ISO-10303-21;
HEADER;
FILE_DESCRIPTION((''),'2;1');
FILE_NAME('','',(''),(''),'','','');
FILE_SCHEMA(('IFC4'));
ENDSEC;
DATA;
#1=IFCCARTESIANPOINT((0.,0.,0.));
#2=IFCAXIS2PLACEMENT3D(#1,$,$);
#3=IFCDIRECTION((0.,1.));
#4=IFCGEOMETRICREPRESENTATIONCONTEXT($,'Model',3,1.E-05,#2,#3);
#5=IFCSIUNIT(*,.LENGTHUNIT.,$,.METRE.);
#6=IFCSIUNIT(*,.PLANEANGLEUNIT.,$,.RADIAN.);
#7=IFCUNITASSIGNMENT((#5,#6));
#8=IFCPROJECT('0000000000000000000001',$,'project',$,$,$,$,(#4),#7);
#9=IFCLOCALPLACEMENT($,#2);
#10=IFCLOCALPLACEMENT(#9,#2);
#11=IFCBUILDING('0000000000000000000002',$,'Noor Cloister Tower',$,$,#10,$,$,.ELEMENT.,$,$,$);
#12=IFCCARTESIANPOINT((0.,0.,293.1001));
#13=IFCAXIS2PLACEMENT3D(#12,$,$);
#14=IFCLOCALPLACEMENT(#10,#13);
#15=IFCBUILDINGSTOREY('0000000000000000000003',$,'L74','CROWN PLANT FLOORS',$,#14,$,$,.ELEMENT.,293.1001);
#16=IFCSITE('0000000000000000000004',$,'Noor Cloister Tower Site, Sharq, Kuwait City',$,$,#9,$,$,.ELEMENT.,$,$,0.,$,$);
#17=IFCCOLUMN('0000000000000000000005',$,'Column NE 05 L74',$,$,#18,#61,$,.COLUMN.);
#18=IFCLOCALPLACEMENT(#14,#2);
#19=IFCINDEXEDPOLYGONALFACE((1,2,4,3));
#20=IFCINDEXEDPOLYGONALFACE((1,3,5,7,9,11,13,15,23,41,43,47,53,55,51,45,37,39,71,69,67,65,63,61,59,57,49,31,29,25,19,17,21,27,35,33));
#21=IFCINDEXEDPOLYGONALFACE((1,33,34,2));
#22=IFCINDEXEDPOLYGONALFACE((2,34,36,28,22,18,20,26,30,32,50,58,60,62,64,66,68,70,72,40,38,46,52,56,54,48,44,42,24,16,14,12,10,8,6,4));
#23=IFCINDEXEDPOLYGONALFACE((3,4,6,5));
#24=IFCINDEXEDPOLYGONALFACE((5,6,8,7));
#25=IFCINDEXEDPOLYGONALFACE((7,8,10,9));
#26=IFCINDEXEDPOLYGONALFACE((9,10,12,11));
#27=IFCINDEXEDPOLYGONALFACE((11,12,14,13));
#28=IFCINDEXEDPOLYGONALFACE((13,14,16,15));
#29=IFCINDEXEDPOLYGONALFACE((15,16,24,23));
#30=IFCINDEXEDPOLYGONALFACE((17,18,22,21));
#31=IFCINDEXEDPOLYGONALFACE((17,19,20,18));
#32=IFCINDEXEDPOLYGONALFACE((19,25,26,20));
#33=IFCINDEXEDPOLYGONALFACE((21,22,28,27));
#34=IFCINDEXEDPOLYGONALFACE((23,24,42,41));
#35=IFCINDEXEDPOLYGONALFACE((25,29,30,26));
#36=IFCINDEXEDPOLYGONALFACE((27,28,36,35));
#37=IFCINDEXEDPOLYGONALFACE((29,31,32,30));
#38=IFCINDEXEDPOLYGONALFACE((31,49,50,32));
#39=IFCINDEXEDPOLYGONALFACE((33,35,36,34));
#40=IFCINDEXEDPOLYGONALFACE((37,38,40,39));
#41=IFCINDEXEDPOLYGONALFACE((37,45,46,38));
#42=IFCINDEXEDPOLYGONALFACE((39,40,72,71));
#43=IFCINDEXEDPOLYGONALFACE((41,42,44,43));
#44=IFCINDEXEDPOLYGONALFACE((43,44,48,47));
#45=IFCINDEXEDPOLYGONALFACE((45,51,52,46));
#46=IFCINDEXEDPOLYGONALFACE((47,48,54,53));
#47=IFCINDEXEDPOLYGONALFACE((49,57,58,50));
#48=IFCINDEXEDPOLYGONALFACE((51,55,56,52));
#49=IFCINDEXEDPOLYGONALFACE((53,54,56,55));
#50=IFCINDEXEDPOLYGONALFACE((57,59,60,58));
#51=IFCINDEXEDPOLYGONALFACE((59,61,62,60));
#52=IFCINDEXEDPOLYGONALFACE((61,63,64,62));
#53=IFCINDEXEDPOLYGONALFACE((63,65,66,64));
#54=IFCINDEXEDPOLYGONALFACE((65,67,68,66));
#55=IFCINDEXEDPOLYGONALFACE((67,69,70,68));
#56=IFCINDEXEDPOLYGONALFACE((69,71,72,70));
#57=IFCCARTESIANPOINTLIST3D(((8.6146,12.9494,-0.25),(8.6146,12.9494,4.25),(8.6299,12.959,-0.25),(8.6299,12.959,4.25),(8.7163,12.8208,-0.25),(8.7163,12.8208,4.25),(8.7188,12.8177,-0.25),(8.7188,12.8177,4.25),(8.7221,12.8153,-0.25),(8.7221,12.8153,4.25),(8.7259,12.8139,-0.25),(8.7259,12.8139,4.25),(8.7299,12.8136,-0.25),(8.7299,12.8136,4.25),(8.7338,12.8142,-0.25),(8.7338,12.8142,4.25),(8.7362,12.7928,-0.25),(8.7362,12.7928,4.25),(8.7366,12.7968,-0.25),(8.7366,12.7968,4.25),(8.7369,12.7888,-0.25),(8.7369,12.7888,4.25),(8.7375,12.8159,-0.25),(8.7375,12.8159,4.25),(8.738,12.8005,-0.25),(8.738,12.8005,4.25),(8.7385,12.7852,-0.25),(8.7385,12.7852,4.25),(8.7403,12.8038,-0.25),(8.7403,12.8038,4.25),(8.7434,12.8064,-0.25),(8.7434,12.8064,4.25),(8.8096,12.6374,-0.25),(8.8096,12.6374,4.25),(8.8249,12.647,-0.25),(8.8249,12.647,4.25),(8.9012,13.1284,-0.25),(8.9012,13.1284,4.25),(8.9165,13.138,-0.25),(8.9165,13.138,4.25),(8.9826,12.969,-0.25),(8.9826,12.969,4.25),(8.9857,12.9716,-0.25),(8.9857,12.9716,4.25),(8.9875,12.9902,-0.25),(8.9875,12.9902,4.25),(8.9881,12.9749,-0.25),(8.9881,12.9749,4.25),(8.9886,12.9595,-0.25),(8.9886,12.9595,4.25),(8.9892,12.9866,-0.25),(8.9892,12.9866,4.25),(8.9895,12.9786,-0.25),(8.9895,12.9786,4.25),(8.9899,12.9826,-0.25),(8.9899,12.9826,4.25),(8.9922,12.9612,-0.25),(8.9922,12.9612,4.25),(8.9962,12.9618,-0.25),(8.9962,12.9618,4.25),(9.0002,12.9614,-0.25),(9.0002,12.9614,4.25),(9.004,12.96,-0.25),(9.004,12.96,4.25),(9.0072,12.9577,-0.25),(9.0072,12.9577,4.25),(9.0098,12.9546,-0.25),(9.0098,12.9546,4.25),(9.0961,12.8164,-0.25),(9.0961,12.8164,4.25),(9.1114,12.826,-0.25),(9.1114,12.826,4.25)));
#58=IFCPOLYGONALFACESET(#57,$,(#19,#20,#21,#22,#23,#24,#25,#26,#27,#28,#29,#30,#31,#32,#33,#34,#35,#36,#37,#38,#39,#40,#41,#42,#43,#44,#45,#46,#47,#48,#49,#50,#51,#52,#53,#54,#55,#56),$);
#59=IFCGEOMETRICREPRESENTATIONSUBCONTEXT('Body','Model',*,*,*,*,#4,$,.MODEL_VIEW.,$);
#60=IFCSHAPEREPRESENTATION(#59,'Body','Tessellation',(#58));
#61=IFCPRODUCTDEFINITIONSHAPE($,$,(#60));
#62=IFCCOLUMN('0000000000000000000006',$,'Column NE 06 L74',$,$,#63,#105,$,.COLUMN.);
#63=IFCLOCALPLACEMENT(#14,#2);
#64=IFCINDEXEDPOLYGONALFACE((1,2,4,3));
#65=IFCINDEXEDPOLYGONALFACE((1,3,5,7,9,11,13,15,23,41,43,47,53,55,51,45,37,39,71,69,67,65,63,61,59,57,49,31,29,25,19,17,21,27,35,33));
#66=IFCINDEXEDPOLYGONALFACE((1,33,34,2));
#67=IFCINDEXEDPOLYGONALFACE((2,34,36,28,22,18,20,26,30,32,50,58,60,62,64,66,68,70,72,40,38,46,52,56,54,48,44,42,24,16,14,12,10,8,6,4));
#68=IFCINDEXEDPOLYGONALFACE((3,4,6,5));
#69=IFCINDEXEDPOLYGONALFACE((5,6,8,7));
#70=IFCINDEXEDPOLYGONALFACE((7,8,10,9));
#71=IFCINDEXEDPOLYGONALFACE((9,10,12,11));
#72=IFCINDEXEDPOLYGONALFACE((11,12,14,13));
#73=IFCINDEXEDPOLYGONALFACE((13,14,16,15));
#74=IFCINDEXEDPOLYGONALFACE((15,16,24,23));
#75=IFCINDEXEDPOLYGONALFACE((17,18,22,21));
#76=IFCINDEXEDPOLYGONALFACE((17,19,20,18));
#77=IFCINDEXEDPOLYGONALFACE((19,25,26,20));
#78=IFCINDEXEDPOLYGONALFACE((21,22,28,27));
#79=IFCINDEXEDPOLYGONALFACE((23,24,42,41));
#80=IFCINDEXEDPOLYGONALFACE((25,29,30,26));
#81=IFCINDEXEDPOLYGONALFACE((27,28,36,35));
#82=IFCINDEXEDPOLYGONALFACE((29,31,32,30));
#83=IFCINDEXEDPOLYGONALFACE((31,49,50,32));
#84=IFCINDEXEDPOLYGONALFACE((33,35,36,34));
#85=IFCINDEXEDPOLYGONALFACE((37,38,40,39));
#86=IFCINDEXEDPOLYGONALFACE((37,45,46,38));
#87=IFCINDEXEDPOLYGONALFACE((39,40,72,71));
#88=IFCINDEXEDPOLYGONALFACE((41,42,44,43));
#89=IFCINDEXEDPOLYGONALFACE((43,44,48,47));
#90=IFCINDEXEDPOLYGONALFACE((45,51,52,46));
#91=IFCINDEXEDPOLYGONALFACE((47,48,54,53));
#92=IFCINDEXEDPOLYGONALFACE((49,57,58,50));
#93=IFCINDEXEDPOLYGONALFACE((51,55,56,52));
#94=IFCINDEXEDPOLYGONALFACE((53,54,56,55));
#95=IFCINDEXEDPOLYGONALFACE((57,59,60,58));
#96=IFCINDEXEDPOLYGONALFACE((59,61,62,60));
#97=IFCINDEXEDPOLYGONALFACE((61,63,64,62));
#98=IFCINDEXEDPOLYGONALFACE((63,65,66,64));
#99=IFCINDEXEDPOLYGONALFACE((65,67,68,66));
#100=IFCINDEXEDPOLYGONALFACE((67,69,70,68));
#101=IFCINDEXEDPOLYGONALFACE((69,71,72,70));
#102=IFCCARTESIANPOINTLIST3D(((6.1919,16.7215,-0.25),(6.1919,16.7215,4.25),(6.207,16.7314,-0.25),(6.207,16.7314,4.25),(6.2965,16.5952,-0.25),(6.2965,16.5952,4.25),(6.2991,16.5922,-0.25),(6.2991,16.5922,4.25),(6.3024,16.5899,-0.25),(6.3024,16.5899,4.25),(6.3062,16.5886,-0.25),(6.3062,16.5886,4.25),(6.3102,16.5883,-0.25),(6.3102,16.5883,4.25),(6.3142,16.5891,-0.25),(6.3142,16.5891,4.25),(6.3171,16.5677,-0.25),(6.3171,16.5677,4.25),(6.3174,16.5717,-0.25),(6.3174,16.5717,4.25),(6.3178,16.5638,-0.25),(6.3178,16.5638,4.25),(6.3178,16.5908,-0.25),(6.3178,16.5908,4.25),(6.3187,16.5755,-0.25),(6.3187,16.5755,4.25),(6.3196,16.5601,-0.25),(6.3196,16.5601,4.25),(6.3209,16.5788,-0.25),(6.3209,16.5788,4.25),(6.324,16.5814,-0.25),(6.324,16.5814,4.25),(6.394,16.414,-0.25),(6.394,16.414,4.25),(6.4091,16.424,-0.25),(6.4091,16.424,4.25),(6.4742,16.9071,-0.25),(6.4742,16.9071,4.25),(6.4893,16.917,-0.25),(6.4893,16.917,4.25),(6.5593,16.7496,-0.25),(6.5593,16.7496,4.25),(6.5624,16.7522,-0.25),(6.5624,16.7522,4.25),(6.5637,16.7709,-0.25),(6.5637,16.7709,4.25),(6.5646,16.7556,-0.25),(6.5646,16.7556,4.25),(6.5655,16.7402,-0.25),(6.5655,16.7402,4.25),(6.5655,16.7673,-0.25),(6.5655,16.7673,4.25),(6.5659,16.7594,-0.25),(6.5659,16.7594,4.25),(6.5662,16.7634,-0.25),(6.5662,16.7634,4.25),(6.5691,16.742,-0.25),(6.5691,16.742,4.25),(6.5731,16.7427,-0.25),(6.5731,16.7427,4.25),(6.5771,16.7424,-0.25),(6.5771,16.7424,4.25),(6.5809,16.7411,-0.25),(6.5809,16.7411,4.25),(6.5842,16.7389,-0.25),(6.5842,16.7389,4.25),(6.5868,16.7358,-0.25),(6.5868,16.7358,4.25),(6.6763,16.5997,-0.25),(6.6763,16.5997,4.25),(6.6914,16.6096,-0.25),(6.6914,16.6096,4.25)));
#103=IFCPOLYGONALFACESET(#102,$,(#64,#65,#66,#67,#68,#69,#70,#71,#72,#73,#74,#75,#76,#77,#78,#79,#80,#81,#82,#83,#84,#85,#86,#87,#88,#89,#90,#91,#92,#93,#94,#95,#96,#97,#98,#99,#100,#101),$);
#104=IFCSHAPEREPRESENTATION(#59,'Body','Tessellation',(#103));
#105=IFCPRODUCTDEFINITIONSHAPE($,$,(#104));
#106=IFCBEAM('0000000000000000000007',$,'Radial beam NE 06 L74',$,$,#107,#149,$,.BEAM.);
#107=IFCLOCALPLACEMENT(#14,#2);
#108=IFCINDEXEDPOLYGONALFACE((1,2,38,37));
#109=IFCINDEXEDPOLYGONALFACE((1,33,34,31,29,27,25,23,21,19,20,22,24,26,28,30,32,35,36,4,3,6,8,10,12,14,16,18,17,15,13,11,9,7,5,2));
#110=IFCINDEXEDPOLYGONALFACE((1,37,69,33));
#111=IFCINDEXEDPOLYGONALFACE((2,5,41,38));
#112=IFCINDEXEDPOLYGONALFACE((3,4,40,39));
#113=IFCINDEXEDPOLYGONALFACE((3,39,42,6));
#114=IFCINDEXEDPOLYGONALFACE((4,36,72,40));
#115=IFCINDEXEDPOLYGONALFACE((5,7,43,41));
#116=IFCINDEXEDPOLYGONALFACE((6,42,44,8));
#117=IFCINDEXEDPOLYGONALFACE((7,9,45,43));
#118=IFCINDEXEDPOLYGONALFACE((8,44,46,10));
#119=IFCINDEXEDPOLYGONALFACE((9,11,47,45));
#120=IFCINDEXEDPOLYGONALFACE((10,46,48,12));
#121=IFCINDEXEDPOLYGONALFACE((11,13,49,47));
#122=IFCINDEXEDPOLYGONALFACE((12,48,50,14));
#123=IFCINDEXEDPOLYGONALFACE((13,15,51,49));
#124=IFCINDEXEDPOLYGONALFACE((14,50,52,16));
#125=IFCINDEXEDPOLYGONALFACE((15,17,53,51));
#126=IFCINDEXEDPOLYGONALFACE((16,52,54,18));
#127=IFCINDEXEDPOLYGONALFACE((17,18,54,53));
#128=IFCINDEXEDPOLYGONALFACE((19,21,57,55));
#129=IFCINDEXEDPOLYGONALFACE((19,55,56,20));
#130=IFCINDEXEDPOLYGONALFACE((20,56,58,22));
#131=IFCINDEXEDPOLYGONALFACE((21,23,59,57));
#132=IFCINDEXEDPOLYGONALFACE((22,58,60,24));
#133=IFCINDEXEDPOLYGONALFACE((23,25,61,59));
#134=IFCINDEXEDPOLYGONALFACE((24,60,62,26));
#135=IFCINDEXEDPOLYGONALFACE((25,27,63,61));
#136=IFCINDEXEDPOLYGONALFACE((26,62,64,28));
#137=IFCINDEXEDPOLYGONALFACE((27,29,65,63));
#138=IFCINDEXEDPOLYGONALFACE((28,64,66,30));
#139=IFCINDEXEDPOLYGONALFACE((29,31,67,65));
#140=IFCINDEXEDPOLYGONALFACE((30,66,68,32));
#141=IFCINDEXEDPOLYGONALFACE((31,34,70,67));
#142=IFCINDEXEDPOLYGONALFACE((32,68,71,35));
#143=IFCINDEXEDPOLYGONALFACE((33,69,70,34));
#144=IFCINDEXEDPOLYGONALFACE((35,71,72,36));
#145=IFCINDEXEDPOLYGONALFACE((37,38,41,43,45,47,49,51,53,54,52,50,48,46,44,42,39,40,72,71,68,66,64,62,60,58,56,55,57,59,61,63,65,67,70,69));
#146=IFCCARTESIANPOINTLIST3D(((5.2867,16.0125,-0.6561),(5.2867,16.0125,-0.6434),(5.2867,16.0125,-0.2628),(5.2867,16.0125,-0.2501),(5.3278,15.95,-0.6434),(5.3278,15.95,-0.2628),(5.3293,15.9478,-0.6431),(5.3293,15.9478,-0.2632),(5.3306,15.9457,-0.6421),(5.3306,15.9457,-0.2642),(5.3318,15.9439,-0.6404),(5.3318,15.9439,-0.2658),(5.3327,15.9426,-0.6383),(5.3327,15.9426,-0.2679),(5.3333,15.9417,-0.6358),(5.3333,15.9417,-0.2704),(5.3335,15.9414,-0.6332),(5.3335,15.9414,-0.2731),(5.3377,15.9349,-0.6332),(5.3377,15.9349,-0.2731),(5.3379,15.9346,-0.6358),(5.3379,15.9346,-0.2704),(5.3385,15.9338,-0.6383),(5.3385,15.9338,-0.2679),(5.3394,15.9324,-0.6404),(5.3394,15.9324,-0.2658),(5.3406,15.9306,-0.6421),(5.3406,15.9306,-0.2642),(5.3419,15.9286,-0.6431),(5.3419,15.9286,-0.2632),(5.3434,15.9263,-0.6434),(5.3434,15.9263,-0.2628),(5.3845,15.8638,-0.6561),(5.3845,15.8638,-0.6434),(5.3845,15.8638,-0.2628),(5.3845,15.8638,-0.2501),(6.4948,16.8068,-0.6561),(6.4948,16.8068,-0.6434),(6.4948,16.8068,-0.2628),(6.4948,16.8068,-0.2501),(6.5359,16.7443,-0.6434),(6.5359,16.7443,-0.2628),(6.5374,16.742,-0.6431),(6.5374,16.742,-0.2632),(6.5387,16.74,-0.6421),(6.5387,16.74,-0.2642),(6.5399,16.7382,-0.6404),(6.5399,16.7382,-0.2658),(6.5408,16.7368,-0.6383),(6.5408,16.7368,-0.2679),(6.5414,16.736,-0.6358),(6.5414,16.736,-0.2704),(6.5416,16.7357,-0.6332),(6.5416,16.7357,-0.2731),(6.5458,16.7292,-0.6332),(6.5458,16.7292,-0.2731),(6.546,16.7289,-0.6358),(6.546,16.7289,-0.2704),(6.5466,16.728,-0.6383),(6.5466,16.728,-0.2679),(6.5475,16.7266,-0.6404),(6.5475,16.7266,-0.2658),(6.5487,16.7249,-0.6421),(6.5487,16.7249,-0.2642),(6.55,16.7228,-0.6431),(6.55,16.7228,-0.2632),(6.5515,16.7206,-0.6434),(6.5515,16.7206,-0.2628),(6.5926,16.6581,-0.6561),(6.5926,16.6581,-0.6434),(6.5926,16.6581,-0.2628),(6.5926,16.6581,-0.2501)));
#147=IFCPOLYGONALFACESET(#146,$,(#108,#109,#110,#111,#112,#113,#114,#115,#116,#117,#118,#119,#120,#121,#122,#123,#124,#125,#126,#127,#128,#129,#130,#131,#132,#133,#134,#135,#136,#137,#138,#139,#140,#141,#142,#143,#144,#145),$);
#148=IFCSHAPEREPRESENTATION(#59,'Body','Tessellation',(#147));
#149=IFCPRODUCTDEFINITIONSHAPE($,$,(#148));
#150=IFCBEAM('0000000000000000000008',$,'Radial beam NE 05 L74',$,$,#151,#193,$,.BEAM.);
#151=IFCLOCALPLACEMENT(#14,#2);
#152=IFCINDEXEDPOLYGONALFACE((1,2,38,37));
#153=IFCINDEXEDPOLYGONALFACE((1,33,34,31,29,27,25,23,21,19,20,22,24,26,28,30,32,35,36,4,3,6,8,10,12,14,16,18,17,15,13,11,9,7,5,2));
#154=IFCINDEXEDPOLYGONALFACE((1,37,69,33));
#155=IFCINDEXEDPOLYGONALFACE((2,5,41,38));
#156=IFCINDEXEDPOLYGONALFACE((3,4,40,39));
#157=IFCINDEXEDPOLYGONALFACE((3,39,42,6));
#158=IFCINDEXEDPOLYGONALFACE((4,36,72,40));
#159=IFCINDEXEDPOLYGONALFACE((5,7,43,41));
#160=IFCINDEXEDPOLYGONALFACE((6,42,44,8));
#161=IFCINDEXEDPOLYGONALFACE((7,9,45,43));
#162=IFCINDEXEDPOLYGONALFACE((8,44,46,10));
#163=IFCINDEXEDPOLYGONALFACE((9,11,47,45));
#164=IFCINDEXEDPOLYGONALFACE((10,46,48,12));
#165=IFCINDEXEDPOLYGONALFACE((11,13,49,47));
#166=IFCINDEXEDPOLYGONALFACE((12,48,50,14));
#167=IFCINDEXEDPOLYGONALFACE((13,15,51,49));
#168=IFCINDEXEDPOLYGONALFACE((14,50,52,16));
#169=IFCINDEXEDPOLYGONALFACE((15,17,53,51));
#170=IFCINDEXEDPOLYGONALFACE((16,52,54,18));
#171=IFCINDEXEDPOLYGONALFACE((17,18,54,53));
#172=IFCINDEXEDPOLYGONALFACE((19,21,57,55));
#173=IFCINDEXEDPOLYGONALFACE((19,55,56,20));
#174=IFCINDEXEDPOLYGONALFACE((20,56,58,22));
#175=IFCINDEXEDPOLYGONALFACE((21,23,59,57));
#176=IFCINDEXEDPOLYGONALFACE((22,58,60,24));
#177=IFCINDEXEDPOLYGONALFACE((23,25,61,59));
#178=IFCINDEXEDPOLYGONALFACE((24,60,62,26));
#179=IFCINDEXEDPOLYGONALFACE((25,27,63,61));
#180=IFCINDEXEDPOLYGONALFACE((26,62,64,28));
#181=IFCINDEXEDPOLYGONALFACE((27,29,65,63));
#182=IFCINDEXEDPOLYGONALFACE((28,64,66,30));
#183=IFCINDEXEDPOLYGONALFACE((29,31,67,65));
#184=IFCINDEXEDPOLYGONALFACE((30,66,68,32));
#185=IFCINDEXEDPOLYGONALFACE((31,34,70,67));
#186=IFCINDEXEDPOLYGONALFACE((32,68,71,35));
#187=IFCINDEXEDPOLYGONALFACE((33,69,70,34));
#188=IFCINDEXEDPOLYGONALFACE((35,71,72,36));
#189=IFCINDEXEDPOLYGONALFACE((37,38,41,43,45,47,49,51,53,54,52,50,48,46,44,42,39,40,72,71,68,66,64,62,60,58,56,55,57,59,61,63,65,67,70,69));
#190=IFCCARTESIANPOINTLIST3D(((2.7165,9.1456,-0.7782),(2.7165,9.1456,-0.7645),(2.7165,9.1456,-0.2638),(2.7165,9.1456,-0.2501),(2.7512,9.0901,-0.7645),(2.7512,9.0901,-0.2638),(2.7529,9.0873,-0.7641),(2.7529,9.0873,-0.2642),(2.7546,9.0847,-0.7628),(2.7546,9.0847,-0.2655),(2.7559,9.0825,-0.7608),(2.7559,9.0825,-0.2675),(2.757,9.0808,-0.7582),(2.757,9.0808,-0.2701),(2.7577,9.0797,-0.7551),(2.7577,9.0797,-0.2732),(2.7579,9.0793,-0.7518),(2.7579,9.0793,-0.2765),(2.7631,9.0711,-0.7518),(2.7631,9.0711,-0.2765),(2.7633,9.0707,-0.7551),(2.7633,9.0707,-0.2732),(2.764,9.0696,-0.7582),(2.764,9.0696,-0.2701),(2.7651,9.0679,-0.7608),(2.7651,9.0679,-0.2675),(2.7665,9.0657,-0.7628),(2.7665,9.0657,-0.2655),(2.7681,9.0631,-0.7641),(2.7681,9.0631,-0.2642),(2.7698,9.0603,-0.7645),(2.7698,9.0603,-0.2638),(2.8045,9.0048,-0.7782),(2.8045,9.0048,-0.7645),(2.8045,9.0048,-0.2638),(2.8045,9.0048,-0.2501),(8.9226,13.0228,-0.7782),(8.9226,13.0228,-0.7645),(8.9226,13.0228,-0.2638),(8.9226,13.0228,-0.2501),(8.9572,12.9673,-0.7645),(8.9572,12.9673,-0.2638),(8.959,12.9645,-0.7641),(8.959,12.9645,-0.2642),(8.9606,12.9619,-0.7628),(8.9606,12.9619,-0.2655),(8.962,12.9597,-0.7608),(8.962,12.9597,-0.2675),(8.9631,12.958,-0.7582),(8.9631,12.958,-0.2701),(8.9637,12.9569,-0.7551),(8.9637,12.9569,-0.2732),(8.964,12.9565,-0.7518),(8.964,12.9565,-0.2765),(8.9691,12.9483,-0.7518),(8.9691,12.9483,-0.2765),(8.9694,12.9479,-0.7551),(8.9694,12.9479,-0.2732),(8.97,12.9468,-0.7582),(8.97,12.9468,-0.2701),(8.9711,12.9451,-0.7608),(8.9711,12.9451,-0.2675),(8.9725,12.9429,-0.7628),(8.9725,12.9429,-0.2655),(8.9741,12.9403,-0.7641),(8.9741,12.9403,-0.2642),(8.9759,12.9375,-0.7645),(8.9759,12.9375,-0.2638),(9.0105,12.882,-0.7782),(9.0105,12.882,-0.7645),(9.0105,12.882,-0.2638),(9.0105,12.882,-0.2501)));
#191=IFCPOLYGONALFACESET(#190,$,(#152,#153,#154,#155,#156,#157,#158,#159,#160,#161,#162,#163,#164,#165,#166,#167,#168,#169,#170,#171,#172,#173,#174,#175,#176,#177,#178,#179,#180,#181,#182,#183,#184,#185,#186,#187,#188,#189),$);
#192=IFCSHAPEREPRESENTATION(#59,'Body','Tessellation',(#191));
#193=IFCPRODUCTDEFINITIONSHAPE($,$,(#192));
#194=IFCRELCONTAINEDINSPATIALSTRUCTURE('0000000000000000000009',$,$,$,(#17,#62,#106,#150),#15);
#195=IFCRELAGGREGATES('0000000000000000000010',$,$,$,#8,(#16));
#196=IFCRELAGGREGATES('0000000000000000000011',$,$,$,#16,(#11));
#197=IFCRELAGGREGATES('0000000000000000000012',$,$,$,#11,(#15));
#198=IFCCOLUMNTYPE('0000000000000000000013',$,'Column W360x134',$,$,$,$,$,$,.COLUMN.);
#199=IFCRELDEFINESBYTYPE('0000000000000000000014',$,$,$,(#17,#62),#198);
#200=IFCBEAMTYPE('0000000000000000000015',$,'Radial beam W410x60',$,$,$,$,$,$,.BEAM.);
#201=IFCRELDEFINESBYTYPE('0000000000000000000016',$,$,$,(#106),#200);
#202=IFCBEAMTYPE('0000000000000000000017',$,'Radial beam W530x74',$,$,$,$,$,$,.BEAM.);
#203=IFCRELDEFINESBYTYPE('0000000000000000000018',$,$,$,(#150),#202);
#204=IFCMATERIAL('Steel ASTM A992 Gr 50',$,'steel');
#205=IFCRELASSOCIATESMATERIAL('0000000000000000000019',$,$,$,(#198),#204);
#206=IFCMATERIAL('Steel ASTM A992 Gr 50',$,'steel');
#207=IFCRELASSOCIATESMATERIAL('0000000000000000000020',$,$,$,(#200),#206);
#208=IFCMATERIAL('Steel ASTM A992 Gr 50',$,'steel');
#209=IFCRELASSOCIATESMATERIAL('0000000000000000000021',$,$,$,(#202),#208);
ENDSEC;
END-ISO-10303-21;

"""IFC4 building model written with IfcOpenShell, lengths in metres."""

from ifc_helpers import new_model, si_unit, direction, frame, origin, origin_2d, place, context, subcontext, project, spatial, i_section, extrude, material, material_profile, profile_set, type_object, element, save


model = new_model("IFC4")

# Units and contexts
model_context = context("Model", 3, precision=1e-05, world=origin(), true_north=direction((0.0, 1.0)))
body_context = subcontext(model_context, "Body", "Model", "MODEL_VIEW")
ifc_project = project(units=[si_unit("LENGTHUNIT", "METRE"), si_unit("PLANEANGLEUNIT", "RADIAN")], contexts=[model_context])

# Site, building, storey
site_placement = place(None, origin())
site = spatial("IfcSite", under=ifc_project, at=site_placement, Name="Noor Cloister Tower Site, Sharq, Kuwait City", CompositionType="ELEMENT", RefElevation=0.0)
building_placement = place(site_placement, origin())
building = spatial("IfcBuilding", under=site, at=building_placement, Name="Noor Cloister Tower", CompositionType="ELEMENT")
storey_placement = place(building_placement, frame((0.0, 0.0, 293.1001)))
storey = spatial("IfcBuildingStorey", under=building, at=storey_placement, Name="L74", Description="CROWN PLANT FLOORS", CompositionType="ELEMENT", Elevation=293.1001)

# Columns
ifc_material_1 = material(Name="Steel ASTM A992 Gr 50", Category="steel")
ifc_material_profile_1 = material_profile(ifc_material_1, i_section(OverallWidth=0.3679, OverallDepth=0.356, WebThickness=0.0112, FlangeThickness=0.0181, FilletRadius=0.0154, at=origin_2d()), Name="W360x134")
ifc_profile_set_1 = profile_set([ifc_material_profile_1], Name="Steel ASTM A992 Gr 50")
column_type = type_object("IfcColumnType", Name="Column W360x134", PredefinedType="COLUMN", material=ifc_profile_set_1)
for number, where, z_axis, x_axis, name in (
    (1, (8.863, 12.8877, -0.25), (0.0, 0.0, 1.0), (-0.529819, 0.848111, 0.0), "Column NE 05 L74"),
    (2, (6.4417, 16.6655, -0.25), (0.0, 0.0, 1.0), (-0.549345, 0.835596, 0.0), "Column NE 06 L74"),
):
    element("IfcColumn", number, at=place(storey_placement, frame(where, z_axis=z_axis, x_axis=x_axis)), inside=storey, type_object=column_type, Name=name, PredefinedType="COLUMN", context=body_context, shape_type="SweptSolid", body=[
        extrude(i_section(OverallWidth=0.3679, OverallDepth=0.356, WebThickness=0.0112, FlangeThickness=0.0181, FilletRadius=0.0154, at=origin_2d()), origin(), (0.0, 0.0, 1.0), 4.5),
    ])

# Beams
ifc_material_2 = material(Name="Steel ASTM A992 Gr 50", Category="steel")
ifc_material_profile_2 = material_profile(ifc_material_2, i_section(OverallWidth=0.178, OverallDepth=0.406, WebThickness=0.0078, FlangeThickness=0.0127, FilletRadius=0.0103, at=origin_2d()), Name="W410x60")
ifc_profile_set_2 = profile_set([ifc_material_profile_2], Name="Steel ASTM A992 Gr 50")
beam_type_1 = type_object("IfcBeamType", Name="Radial beam W410x60", PredefinedType="BEAM", material=ifc_profile_set_2)
beam_1_placement = place(storey_placement, frame((6.5437, 16.7324, -0.4531), z_axis=(-0.835593, -0.54935, 0.0), x_axis=(0.54935, -0.835593, 0.0)))
element("IfcBeam", 3, at=beam_1_placement, inside=storey, type_object=beam_type_1, Name="Radial beam NE 06 L74", PredefinedType="BEAM", context=body_context, shape_type="SweptSolid", body=[
    extrude(i_section(OverallWidth=0.178, OverallDepth=0.406, WebThickness=0.0078, FlangeThickness=0.0127, FilletRadius=0.0103, at=origin_2d()), origin(), (0.0, 0.0, 1.0), 1.4458),
])
ifc_material_3 = material(Name="Steel ASTM A992 Gr 50", Category="steel")
ifc_material_profile_3 = material_profile(ifc_material_3, i_section(OverallWidth=0.166, OverallDepth=0.5281, WebThickness=0.0098, FlangeThickness=0.0137, FilletRadius=0.0127, at=origin_2d()), Name="W530x74")
ifc_profile_set_3 = profile_set([ifc_material_profile_3], Name="Steel ASTM A992 Gr 50")
beam_type_2 = type_object("IfcBeamType", Name="Radial beam W530x74", PredefinedType="BEAM", material=ifc_profile_set_3)
beam_2_placement = place(storey_placement, frame((8.9666, 12.9524, -0.5142), z_axis=(-0.848096, -0.529843, 0.0), x_axis=(0.529843, -0.848096, 0.0)))
element("IfcBeam", 4, at=beam_2_placement, inside=storey, type_object=beam_type_2, Name="Radial beam NE 05 L74", PredefinedType="BEAM", context=body_context, shape_type="SweptSolid", body=[
    extrude(i_section(OverallWidth=0.166, OverallDepth=0.5281, WebThickness=0.0098, FlangeThickness=0.0137, FilletRadius=0.0127, at=origin_2d()), origin(), (0.0, 0.0, 1.0), 7.3176),
])

save(model, "model.ifc")
